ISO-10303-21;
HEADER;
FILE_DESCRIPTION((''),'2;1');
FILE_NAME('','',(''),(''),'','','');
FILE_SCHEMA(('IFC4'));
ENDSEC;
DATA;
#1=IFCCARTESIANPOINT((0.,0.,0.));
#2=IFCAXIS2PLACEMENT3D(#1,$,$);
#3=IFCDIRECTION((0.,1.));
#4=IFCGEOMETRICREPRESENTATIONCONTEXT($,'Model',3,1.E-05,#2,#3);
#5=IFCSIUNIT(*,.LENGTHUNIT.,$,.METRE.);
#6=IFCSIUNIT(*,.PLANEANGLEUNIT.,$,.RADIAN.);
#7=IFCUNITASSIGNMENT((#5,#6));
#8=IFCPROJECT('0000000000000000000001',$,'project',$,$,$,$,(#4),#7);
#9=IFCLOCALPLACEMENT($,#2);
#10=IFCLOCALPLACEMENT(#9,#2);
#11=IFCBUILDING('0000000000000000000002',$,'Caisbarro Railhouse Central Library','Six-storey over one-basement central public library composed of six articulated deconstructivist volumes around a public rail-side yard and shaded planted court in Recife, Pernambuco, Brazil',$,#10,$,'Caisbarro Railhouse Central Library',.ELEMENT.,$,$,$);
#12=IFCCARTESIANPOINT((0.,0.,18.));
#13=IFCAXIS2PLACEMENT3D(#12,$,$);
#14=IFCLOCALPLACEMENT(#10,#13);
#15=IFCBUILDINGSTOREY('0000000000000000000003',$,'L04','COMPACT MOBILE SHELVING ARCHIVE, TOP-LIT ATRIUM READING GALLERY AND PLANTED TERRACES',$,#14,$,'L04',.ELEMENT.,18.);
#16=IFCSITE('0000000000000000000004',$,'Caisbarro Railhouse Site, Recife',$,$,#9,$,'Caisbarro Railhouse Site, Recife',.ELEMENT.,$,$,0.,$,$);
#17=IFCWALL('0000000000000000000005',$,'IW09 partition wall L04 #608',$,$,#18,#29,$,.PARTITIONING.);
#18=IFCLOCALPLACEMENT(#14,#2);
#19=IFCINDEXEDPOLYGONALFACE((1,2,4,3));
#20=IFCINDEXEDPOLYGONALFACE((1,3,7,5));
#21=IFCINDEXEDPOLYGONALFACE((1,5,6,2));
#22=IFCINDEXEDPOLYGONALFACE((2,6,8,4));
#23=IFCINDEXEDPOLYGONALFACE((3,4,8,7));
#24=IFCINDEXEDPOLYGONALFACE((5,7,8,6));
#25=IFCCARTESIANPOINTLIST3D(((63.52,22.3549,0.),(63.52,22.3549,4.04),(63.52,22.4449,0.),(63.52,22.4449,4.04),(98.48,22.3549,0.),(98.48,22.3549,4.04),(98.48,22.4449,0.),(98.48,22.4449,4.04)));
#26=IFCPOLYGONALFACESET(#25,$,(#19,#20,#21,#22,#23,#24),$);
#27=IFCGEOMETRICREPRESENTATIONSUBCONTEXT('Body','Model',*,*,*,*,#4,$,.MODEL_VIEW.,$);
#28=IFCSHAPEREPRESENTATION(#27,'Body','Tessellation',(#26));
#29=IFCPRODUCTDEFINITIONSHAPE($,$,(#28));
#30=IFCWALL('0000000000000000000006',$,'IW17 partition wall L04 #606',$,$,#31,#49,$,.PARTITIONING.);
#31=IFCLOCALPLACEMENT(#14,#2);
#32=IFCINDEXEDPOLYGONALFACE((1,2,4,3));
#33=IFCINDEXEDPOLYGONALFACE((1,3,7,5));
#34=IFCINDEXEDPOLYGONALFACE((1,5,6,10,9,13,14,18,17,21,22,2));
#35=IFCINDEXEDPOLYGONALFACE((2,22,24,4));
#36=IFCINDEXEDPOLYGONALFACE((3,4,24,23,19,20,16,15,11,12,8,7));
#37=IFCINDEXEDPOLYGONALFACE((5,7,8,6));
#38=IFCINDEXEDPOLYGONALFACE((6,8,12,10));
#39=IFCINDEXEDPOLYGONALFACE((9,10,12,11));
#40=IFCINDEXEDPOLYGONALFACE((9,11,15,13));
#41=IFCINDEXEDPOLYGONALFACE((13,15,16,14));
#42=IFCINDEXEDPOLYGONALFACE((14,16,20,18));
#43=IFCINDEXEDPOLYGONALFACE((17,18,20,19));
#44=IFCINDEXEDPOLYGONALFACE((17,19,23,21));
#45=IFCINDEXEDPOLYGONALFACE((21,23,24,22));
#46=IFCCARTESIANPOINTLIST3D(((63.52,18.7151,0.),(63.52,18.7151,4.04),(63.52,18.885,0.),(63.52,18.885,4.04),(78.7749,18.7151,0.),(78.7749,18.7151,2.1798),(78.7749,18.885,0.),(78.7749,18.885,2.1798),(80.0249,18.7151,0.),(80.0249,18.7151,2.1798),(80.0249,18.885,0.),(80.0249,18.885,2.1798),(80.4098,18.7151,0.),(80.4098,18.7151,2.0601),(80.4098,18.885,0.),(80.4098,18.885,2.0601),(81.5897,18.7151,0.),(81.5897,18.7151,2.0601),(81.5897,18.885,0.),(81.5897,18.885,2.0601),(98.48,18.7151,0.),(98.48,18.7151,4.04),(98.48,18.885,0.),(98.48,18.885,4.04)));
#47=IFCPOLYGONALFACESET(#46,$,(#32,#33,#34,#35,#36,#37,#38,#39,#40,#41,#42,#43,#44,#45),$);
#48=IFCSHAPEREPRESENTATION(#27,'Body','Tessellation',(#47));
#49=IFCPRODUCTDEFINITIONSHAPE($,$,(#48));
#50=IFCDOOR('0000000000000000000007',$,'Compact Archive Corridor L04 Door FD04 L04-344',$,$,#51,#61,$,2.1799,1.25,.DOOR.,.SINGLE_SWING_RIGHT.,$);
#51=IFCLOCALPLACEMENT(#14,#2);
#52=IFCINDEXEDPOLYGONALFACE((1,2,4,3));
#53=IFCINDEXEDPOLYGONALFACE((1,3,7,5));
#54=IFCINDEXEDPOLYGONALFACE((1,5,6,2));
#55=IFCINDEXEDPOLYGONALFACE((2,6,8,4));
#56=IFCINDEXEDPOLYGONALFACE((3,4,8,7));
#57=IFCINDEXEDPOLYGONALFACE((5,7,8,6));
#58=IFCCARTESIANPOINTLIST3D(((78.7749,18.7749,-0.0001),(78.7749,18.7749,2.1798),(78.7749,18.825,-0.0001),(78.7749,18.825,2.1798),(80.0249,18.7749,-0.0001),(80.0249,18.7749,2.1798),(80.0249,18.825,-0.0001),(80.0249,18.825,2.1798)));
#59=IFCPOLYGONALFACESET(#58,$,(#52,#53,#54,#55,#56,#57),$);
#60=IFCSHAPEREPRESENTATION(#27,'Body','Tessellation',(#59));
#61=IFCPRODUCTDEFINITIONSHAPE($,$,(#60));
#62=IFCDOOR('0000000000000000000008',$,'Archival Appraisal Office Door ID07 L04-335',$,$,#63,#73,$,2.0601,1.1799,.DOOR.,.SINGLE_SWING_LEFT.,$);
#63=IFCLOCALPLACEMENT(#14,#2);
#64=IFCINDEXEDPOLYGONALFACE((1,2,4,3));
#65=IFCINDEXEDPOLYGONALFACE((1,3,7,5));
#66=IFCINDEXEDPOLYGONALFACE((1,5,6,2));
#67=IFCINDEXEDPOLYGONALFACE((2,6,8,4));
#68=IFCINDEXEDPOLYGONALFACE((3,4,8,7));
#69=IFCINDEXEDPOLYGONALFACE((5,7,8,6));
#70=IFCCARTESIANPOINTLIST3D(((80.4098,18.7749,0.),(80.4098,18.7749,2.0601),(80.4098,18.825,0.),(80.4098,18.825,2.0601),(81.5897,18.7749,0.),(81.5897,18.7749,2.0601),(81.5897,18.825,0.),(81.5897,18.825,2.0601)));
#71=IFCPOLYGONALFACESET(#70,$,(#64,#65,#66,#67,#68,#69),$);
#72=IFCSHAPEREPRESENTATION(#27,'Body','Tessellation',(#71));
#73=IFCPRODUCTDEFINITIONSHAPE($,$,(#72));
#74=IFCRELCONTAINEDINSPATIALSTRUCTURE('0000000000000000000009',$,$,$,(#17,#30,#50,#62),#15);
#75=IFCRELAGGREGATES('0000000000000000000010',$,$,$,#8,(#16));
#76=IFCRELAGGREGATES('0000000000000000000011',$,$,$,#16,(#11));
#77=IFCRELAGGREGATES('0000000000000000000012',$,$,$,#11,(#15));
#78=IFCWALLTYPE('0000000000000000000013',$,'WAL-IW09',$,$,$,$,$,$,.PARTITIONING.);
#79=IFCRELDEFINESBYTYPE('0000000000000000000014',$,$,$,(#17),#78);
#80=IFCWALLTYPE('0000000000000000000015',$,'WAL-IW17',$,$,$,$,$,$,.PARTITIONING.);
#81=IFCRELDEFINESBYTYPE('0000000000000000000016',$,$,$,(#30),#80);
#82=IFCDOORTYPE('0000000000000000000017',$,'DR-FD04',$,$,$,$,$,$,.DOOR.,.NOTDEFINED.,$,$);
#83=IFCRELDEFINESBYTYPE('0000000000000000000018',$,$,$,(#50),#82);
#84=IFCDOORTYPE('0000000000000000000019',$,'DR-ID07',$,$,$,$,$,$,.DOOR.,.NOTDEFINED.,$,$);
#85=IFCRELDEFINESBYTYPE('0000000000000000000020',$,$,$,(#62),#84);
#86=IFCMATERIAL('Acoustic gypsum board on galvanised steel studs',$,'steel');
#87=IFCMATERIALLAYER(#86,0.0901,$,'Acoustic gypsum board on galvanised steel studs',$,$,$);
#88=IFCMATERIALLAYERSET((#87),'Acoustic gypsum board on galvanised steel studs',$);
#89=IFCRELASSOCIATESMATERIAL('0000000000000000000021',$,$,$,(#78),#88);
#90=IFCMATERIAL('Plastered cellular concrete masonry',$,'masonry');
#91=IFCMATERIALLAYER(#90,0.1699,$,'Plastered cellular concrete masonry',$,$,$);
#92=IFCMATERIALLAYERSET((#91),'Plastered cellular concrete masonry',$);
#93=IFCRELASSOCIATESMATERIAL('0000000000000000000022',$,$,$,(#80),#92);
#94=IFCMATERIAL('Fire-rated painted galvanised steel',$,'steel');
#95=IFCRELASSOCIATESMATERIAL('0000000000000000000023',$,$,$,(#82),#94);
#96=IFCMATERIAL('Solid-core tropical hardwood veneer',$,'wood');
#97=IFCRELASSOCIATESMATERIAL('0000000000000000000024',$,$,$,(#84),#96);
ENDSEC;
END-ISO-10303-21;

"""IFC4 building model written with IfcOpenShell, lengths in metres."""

from ifc_helpers import new_model, si_unit, direction, frame, frame_2d, origin, place, context, subcontext, project, spatial, rectangle, extrude, material, layer, layer_set, type_object, element, fill, save


model = new_model("IFC4")

# Units and contexts
model_context = context("Model", 3, precision=1e-05, world=origin(), true_north=direction((0.0, 1.0)))
body_context = subcontext(model_context, "Body", "Model", "MODEL_VIEW")
ifc_project = project(units=[si_unit("LENGTHUNIT", "METRE"), si_unit("PLANEANGLEUNIT", "RADIAN")], contexts=[model_context])

# Site, building, storey
site_placement = place(None, origin())
site = spatial("IfcSite", under=ifc_project, at=site_placement, Name="Caisbarro Railhouse Site, Recife", LongName="Caisbarro Railhouse Site, Recife", CompositionType="ELEMENT", RefElevation=0.0)
building_placement = place(site_placement, origin())
building = spatial("IfcBuilding", under=site, at=building_placement, Name="Caisbarro Railhouse Central Library", Description="Six-storey over one-basement central public library composed of six articulated deconstructivist volumes around a public rail-side yard and shaded planted court in Recife, Pernambuco, Brazil", LongName="Caisbarro Railhouse Central Library", CompositionType="ELEMENT")
storey_placement = place(building_placement, frame((0.0, 0.0, 18.0)))
storey = spatial("IfcBuildingStorey", under=building, at=storey_placement, Name="L04", Description="COMPACT MOBILE SHELVING ARCHIVE, TOP-LIT ATRIUM READING GALLERY AND PLANTED TERRACES", LongName="L04", CompositionType="ELEMENT", Elevation=18.0)

# Shared definitions
ifc_material_1 = material(Name="Fire-rated painted galvanised steel", Category="steel")

# Wall
ifc_material_2 = material(Name="Acoustic gypsum board on galvanised steel studs", Category="steel")
ifc_layer_1 = layer(ifc_material_2, 0.0901, Name="Acoustic gypsum board on galvanised steel studs")
ifc_layer_set_1 = layer_set([ifc_layer_1], Name="Acoustic gypsum board on galvanised steel studs")
wall_type_1 = type_object("IfcWallType", Name="WAL-IW09", PredefinedType="PARTITIONING", material=ifc_layer_set_1)
wall_1_placement = place(storey_placement, frame((63.52, 22.3999, 0.0), z_axis=(0.0, 0.0, 1.0), x_axis=(1.0, 0.0, 0.0)))
element("IfcWall", 1, at=wall_1_placement, inside=storey, type_object=wall_type_1, Name="IW09 partition wall L04 #608", PredefinedType="PARTITIONING", context=body_context, shape_type="SweptSolid", body=[
    extrude(rectangle(XDim=34.96, YDim=0.0901, at=frame_2d((17.48, 0.0))), origin(), (0.0, 0.0, 1.0), 4.04),
])

# Wall, openings, doors
ifc_material_3 = material(Name="Plastered cellular concrete masonry", Category="masonry")
ifc_layer_2 = layer(ifc_material_3, 0.1699, Name="Plastered cellular concrete masonry")
ifc_layer_set_2 = layer_set([ifc_layer_2], Name="Plastered cellular concrete masonry")
wall_type_2 = type_object("IfcWallType", Name="WAL-IW17", PredefinedType="PARTITIONING", material=ifc_layer_set_2)
wall_2_placement = place(storey_placement, frame((63.52, 18.8, 0.0), z_axis=(0.0, 0.0, 1.0), x_axis=(1.0, 0.0, 0.0)))
wall_2 = element("IfcWall", 2, at=wall_2_placement, inside=storey, type_object=wall_type_2, Name="IW17 partition wall L04 #606", PredefinedType="PARTITIONING", context=body_context, shape_type="SweptSolid", body=[
    extrude(rectangle(XDim=34.96, YDim=0.1699, at=frame_2d((17.48, 0.0))), origin(), (0.0, 0.0, 1.0), 4.04),
])
opening_1_placement = place(wall_2_placement, frame((16.8899, 0.0, 0.0)))
opening_1 = element("IfcOpeningElement", 3, at=opening_1_placement, cuts=wall_2, PredefinedType="OPENING", context=body_context, shape_type="SweptSolid", body=[
    extrude(rectangle(XDim=1.1799, YDim=2.0601, at=frame_2d((0.5898, 1.03))), frame((0.0, 0.095, 0.0), z_axis=(0.0, -1.0, 0.0), x_axis=(1.0, 0.0, 0.0)), (0.0, 0.0, 1.0), 0.1899),
])
opening_2_placement = place(wall_2_placement, frame((15.2549, 0.0, 0.0)))
opening_2 = element("IfcOpeningElement", 4, at=opening_2_placement, cuts=wall_2, PredefinedType="OPENING", context=body_context, shape_type="SweptSolid", body=[
    extrude(rectangle(XDim=1.25, YDim=2.1799, at=frame_2d((0.625, 1.0898))), frame((0.0, 0.095, 0.0), z_axis=(0.0, -1.0, 0.0), x_axis=(1.0, 0.0, 0.0)), (0.0, 0.0, 1.0), 0.1899),
])
door_type_1 = type_object("IfcDoorType", Name="DR-FD04", OperationType="NOTDEFINED", PredefinedType="DOOR", material=ifc_material_1)
door_1_placement = place(opening_2_placement, origin())
door_1 = element("IfcDoor", 5, at=door_1_placement, inside=storey, type_object=door_type_1, Name="Compact Archive Corridor L04 Door FD04 L04-344", OperationType="SINGLE_SWING_RIGHT", OverallHeight=2.1799, OverallWidth=1.25, PredefinedType="DOOR", context=body_context, shape_type="SweptSolid", body=[
    extrude(rectangle(XDim=1.25, YDim=2.1799, at=frame_2d((0.625, 1.0898))), frame((0.0, 0.0249, 0.0), z_axis=(0.0, -1.0, 0.0), x_axis=(1.0, 0.0, 0.0)), (0.0, 0.0, 1.0), 0.05),
])
fill(opening_2, door_1)
ifc_material_4 = material(Name="Solid-core tropical hardwood veneer", Category="wood")
door_type_2 = type_object("IfcDoorType", Name="DR-ID07", OperationType="NOTDEFINED", PredefinedType="DOOR", material=ifc_material_4)
door_2_placement = place(opening_1_placement, origin())
door_2 = element("IfcDoor", 6, at=door_2_placement, inside=storey, type_object=door_type_2, Name="Archival Appraisal Office Door ID07 L04-335", OperationType="SINGLE_SWING_LEFT", OverallHeight=2.0601, OverallWidth=1.1799, PredefinedType="DOOR", context=body_context, shape_type="SweptSolid", body=[
    extrude(rectangle(XDim=1.1799, YDim=2.0601, at=frame_2d((0.5898, 1.03))), frame((0.0, 0.0249, 0.0), z_axis=(0.0, -1.0, 0.0), x_axis=(1.0, 0.0, 0.0)), (0.0, 0.0, 1.0), 0.05),
])
fill(opening_1, door_2)

save(model, "model.ifc")
